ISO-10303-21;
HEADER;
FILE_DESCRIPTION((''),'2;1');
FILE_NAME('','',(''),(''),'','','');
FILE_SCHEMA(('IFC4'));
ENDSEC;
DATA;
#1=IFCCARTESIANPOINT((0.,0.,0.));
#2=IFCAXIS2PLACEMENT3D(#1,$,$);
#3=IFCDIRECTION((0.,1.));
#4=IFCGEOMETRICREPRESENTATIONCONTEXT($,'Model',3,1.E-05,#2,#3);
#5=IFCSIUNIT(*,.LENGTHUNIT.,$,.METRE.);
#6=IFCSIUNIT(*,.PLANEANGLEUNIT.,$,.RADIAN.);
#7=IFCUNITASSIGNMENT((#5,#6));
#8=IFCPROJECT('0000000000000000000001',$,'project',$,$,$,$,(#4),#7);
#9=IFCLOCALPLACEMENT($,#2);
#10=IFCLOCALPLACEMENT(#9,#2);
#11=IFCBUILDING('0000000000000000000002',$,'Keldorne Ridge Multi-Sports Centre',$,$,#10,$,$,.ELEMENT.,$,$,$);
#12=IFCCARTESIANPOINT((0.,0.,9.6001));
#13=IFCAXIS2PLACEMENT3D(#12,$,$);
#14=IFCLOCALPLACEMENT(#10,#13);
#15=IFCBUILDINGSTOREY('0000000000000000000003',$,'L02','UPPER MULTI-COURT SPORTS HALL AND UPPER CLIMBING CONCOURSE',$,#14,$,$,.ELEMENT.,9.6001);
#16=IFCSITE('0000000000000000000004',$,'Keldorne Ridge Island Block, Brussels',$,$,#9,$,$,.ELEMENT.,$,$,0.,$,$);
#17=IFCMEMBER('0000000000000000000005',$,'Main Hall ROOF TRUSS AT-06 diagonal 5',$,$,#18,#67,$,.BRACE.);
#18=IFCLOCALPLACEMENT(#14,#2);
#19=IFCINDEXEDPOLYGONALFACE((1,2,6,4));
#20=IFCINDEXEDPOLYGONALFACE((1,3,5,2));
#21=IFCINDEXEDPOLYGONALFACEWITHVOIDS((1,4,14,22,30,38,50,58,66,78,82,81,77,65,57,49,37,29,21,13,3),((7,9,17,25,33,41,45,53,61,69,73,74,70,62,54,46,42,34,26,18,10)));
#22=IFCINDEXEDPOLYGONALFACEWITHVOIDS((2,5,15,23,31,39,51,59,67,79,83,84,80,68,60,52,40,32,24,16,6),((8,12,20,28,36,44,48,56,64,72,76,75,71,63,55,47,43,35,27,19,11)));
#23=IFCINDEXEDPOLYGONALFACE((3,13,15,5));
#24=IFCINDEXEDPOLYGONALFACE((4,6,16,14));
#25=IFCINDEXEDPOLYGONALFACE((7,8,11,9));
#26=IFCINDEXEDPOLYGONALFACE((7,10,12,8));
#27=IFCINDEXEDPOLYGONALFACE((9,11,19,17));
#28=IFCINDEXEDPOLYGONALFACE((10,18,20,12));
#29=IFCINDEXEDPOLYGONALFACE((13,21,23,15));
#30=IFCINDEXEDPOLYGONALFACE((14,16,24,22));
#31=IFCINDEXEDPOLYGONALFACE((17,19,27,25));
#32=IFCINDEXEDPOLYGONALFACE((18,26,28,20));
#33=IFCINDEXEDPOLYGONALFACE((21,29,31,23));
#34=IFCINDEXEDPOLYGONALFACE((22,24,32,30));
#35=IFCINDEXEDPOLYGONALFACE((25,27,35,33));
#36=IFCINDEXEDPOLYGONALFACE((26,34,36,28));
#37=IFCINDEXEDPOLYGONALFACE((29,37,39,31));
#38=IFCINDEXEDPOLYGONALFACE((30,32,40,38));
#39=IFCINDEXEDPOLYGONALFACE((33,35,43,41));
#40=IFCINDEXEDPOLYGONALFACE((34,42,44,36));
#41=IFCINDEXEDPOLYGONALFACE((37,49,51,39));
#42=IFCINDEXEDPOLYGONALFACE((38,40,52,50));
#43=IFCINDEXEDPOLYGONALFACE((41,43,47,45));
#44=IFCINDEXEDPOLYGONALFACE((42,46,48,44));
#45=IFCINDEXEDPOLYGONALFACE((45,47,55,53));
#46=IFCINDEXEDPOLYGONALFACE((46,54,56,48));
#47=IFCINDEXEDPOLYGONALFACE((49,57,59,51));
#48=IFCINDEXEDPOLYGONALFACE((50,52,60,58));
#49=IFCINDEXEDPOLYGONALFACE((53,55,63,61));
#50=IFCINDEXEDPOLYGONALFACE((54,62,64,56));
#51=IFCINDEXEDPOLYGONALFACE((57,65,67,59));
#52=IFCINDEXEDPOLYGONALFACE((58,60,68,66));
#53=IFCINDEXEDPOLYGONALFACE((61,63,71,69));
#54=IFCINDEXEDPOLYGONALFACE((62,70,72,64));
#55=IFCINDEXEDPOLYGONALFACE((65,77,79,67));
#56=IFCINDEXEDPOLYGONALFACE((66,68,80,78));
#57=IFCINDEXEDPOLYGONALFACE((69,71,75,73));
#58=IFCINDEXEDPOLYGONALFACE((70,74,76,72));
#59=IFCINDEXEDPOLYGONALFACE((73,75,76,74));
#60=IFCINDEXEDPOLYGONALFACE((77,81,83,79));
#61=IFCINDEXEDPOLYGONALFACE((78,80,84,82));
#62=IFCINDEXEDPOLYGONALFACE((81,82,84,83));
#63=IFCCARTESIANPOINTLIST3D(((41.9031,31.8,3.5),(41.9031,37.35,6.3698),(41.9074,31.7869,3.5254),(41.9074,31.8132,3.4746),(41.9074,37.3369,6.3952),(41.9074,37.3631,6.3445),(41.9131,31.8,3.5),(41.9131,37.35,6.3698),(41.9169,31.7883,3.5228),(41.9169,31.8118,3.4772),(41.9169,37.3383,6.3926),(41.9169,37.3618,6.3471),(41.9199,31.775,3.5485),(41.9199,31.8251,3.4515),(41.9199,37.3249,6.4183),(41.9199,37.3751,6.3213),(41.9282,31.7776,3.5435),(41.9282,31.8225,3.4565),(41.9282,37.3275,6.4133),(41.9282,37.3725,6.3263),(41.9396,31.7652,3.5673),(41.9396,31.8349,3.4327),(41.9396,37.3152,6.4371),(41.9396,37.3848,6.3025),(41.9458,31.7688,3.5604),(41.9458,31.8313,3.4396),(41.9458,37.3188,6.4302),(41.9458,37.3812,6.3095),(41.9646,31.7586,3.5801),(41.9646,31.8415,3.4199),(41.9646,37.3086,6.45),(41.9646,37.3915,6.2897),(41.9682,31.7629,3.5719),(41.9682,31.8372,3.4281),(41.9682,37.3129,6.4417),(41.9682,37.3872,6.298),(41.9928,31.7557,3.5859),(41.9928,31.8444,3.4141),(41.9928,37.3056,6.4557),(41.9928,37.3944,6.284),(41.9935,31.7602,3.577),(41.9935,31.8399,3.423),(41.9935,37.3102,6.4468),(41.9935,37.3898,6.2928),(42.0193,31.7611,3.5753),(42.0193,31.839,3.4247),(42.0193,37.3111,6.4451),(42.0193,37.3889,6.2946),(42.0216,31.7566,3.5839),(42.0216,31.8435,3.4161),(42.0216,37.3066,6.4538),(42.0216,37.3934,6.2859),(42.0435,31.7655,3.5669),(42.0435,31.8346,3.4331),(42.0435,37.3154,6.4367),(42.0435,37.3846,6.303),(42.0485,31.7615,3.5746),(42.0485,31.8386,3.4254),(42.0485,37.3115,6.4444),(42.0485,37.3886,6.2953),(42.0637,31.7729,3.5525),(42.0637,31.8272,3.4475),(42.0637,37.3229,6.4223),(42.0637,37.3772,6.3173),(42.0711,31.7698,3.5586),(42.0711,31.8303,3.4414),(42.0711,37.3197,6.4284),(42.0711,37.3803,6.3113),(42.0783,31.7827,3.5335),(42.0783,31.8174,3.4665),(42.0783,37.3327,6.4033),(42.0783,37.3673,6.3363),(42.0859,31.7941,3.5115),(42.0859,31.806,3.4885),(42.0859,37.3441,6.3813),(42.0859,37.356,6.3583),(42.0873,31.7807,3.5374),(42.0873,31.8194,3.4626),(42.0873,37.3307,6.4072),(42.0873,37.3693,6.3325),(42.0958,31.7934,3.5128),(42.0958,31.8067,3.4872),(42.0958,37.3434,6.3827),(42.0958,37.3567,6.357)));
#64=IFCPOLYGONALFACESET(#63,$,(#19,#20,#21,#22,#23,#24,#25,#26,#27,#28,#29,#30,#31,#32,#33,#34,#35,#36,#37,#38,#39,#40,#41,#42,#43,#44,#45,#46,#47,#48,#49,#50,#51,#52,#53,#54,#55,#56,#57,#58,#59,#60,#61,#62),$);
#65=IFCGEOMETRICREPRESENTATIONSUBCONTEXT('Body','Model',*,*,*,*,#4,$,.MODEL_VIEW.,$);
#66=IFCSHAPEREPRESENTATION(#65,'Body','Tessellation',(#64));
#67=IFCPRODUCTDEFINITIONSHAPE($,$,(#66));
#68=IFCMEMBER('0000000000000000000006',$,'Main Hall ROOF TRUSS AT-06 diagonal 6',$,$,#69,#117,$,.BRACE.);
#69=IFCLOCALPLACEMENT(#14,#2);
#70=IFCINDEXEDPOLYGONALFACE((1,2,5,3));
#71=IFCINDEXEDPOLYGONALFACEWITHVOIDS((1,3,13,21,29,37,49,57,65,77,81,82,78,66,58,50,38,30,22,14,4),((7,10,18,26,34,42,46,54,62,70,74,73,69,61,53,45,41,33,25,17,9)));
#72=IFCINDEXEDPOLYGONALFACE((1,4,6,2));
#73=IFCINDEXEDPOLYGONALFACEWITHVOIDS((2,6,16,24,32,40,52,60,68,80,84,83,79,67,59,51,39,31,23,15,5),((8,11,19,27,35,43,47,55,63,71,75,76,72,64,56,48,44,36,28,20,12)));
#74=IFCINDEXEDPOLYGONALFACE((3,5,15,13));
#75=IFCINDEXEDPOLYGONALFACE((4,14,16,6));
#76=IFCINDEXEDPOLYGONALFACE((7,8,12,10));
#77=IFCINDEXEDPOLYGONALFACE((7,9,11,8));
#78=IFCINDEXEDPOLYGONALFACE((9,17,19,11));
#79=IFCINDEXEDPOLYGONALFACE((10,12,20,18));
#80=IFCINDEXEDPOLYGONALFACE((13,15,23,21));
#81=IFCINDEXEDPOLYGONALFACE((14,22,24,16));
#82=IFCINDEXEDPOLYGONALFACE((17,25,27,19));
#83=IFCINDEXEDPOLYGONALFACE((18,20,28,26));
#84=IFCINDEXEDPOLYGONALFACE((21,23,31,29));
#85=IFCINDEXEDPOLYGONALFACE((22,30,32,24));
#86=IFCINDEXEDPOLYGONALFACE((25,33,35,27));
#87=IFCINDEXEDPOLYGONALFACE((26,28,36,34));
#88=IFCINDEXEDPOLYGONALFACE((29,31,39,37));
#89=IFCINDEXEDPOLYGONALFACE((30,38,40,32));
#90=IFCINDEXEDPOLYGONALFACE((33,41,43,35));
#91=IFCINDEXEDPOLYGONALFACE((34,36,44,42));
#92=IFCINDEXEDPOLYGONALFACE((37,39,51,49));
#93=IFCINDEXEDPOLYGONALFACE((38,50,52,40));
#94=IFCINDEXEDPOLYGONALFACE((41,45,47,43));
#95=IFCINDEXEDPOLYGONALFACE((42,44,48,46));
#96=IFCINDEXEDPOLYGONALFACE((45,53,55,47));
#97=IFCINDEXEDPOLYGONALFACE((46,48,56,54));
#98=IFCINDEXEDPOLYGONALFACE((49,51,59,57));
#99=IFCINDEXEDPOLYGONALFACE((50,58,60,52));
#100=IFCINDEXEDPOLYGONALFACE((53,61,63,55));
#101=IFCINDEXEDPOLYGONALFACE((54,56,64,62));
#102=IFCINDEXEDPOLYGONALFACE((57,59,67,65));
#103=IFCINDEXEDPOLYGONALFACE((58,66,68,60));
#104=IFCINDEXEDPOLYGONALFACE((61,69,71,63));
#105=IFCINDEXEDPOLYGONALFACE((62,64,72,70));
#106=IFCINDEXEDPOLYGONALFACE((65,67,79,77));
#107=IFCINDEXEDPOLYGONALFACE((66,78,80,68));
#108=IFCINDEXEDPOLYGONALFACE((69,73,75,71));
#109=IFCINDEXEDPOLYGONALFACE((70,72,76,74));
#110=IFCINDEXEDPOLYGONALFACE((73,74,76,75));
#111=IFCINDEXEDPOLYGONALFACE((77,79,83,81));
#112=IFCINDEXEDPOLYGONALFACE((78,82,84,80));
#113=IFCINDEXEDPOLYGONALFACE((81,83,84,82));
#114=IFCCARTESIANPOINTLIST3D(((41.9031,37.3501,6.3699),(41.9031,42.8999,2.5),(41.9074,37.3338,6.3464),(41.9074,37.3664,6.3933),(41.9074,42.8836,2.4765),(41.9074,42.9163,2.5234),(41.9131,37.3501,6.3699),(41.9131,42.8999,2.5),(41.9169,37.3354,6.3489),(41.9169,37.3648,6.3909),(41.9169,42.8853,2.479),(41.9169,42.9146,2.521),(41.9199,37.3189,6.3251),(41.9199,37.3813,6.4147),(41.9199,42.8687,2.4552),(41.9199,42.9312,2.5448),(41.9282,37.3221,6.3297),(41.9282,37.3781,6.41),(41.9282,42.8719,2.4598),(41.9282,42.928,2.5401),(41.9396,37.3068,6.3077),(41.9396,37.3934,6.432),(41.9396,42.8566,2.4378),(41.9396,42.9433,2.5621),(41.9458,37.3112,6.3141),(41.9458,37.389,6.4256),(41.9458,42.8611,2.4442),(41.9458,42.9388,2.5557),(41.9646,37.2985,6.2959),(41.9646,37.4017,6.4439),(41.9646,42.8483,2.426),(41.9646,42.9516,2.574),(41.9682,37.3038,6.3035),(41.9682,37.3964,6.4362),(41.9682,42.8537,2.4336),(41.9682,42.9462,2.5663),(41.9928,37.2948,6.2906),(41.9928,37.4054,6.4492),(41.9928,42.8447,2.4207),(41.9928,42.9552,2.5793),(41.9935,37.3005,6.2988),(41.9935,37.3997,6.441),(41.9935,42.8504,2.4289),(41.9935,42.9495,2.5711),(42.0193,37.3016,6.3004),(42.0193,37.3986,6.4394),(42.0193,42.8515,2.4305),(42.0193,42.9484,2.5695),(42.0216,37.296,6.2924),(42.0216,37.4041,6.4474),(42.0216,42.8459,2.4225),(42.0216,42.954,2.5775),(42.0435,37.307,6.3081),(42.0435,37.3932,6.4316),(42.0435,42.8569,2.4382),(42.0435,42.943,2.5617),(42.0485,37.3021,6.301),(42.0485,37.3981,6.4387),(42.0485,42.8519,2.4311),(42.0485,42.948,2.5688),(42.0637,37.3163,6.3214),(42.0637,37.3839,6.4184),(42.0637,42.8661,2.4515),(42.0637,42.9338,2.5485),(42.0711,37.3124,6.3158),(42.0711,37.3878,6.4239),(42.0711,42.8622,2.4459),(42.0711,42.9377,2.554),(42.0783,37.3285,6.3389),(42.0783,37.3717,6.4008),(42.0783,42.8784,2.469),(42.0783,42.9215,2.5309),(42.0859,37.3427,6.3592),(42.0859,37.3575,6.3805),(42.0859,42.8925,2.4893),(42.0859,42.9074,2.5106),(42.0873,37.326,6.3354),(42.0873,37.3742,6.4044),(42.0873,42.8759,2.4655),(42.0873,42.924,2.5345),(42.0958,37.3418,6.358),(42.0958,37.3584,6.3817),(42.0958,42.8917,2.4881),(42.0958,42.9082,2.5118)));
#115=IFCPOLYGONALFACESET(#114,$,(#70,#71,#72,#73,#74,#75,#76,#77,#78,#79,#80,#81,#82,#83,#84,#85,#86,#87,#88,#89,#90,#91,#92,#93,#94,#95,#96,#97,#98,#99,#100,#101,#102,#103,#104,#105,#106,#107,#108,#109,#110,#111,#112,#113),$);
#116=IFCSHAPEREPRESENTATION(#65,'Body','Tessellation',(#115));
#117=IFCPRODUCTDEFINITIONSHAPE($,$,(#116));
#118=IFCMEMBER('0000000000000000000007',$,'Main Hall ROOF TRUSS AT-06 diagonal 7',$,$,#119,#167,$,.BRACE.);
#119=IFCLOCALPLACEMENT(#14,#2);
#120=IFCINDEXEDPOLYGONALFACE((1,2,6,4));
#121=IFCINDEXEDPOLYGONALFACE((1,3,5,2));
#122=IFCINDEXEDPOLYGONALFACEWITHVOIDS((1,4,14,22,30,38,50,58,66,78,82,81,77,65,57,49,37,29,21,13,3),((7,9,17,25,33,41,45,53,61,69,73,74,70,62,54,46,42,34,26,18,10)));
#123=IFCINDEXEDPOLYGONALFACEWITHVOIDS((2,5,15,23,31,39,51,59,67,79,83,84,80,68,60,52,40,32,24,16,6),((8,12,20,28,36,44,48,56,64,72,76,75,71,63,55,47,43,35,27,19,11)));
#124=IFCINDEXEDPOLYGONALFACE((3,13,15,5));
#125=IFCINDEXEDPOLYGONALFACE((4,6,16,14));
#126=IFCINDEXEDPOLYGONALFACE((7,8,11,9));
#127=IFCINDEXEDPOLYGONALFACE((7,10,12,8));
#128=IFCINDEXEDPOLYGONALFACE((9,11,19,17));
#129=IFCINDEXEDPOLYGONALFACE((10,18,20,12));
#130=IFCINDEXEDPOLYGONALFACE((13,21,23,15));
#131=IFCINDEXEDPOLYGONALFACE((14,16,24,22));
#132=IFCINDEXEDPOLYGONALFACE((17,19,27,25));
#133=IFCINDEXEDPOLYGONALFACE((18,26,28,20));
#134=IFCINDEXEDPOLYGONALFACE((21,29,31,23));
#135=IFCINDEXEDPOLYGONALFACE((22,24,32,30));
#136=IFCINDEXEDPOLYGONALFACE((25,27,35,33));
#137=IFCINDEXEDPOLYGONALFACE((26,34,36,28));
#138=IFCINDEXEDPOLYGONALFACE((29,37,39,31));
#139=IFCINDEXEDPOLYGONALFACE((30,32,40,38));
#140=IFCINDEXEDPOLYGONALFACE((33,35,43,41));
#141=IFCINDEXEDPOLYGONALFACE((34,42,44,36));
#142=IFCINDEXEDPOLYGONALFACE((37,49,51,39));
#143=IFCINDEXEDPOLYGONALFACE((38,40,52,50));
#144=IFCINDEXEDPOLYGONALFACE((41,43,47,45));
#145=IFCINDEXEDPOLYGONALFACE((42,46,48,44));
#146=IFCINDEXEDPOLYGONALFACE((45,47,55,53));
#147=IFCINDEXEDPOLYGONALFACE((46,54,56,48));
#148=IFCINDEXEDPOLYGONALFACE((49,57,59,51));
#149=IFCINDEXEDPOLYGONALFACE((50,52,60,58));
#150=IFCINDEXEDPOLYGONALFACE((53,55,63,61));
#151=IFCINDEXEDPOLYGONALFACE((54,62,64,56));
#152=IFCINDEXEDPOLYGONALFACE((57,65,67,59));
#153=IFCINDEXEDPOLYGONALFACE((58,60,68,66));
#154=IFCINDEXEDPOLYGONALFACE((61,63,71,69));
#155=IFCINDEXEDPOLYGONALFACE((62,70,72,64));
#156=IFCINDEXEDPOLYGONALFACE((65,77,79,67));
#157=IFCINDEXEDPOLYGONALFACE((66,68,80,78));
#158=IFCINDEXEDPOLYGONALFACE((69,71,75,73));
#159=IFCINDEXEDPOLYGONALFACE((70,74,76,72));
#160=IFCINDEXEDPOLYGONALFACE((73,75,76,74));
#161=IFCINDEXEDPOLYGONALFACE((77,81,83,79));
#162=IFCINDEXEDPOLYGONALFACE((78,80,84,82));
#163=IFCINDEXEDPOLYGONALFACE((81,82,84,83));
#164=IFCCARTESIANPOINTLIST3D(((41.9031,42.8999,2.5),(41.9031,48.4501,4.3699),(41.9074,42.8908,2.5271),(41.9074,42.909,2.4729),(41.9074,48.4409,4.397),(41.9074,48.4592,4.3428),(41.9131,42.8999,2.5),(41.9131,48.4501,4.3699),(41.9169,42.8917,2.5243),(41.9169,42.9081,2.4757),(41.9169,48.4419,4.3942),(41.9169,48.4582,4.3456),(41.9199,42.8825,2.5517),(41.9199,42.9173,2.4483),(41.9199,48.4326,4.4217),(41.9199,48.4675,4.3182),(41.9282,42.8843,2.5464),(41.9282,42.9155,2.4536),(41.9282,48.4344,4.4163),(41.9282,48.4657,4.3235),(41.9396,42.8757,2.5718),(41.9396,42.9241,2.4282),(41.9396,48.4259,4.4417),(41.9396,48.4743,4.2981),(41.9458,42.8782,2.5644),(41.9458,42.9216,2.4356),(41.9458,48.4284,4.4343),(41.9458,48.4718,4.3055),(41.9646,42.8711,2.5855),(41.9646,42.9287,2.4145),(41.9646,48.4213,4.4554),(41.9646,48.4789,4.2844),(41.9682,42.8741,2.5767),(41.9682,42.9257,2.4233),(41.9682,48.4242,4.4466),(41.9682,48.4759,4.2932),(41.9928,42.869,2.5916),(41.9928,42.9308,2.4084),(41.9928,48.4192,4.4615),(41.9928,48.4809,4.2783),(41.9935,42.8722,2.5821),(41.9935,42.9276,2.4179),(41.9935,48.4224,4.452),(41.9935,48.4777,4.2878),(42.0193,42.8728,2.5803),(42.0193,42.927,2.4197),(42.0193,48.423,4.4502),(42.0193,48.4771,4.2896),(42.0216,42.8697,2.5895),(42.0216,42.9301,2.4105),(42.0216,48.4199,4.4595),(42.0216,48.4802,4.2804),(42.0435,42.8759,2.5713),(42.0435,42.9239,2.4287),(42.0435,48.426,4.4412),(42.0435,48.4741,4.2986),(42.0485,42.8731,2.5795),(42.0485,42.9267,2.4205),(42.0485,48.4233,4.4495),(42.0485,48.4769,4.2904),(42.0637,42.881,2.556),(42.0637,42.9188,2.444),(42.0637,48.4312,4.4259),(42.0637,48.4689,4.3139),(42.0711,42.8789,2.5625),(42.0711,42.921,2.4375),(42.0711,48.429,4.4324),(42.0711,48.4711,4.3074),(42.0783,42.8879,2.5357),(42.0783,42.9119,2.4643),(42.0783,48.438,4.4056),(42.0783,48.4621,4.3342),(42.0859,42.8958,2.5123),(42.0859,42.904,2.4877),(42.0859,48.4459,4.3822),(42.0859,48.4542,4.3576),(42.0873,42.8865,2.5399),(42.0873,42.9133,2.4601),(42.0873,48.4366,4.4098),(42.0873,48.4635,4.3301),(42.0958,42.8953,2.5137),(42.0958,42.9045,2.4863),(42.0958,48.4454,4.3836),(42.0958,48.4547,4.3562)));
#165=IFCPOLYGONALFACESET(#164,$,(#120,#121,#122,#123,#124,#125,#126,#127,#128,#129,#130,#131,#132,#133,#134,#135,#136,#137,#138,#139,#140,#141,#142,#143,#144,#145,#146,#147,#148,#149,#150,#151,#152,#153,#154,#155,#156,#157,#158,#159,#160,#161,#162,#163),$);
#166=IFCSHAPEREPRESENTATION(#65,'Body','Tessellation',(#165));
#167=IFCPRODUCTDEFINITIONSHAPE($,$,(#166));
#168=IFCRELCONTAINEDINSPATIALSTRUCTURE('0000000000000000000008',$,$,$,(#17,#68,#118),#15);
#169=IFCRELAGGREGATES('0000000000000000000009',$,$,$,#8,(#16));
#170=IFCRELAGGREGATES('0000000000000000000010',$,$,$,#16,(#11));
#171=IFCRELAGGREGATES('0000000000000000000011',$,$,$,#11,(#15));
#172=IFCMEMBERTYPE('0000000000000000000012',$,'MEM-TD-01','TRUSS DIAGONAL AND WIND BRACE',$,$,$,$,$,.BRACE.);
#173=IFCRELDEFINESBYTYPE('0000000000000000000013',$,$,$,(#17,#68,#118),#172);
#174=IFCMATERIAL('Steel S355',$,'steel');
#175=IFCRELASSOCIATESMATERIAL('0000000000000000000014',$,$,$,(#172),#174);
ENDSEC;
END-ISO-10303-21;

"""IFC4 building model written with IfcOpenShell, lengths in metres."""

from ifc_helpers import new_model, si_unit, direction, frame, origin, origin_2d, place, context, subcontext, project, spatial, hollow_circle, extrude, material, material_profile, profile_set, type_object, element, save


model = new_model("IFC4")

# Units and contexts
model_context = context("Model", 3, precision=1e-05, world=origin(), true_north=direction((0.0, 1.0)))
body_context = subcontext(model_context, "Body", "Model", "MODEL_VIEW")
ifc_project = project(units=[si_unit("LENGTHUNIT", "METRE"), si_unit("PLANEANGLEUNIT", "RADIAN")], contexts=[model_context])

# Site, building, storey
site_placement = place(None, origin())
site = spatial("IfcSite", under=ifc_project, at=site_placement, Name="Keldorne Ridge Island Block, Brussels", CompositionType="ELEMENT", RefElevation=0.0)
building_placement = place(site_placement, origin())
building = spatial("IfcBuilding", under=site, at=building_placement, Name="Keldorne Ridge Multi-Sports Centre", CompositionType="ELEMENT")
storey_placement = place(building_placement, frame((0.0, 0.0, 9.6001)))
storey = spatial("IfcBuildingStorey", under=building, at=storey_placement, Name="L02", Description="UPPER MULTI-COURT SPORTS HALL AND UPPER CLIMBING CONCOURSE", CompositionType="ELEMENT", Elevation=9.6001)

# Members
ifc_material = material(Name="Steel S355", Category="steel")
ifc_material_profile_1 = material_profile(ifc_material, hollow_circle(Radius=0.0969, WallThickness=0.01, at=origin_2d()), Name="CHS 193.7x10")
ifc_profile_set_1 = profile_set([ifc_material_profile_1], Name="Steel S355")
member_type_1 = type_object("IfcMemberType", Name="MEM-TD-01", Description="TRUSS DIAGONAL AND WIND BRACE", PredefinedType="BRACE", material=ifc_profile_set_1)
member_1_placement = place(storey_placement, frame((42.0, 31.8, 3.5), z_axis=(0.0, 0.888273, 0.459317), x_axis=(-1.0, 0.0, 0.0)))
element("IfcMember", 1, at=member_1_placement, inside=storey, type_object=member_type_1, Name="Main Hall ROOF TRUSS AT-06 diagonal 5", PredefinedType="BRACE", context=body_context, shape_type="SweptSolid", body=[
    extrude(hollow_circle(Radius=0.0969, WallThickness=0.01, at=origin_2d()), origin(), (0.0, 0.0, 1.0), 6.248),
])
member_2_placement = place(storey_placement, frame((42.0, 37.3501, 6.3699), z_axis=(0.0, 0.820271, -0.571974), x_axis=(-1.0, 0.0, 0.0)))
element("IfcMember", 2, at=member_2_placement, inside=storey, type_object=member_type_1, Name="Main Hall ROOF TRUSS AT-06 diagonal 6", PredefinedType="BRACE", context=body_context, shape_type="SweptSolid", body=[
    extrude(hollow_circle(Radius=0.0969, WallThickness=0.01, at=origin_2d()), origin(), (0.0, 0.0, 1.0), 6.7659),
])
member_3_placement = place(storey_placement, frame((42.0, 42.8999, 2.5), z_axis=(0.0, 0.947661, 0.319278), x_axis=(-1.0, 0.0, 0.0)))
element("IfcMember", 3, at=member_3_placement, inside=storey, type_object=member_type_1, Name="Main Hall ROOF TRUSS AT-06 diagonal 7", PredefinedType="BRACE", context=body_context, shape_type="SweptSolid", body=[
    extrude(hollow_circle(Radius=0.0969, WallThickness=0.01, at=origin_2d()), origin(), (0.0, 0.0, 1.0), 5.8567),
])

save(model, "model.ifc")
